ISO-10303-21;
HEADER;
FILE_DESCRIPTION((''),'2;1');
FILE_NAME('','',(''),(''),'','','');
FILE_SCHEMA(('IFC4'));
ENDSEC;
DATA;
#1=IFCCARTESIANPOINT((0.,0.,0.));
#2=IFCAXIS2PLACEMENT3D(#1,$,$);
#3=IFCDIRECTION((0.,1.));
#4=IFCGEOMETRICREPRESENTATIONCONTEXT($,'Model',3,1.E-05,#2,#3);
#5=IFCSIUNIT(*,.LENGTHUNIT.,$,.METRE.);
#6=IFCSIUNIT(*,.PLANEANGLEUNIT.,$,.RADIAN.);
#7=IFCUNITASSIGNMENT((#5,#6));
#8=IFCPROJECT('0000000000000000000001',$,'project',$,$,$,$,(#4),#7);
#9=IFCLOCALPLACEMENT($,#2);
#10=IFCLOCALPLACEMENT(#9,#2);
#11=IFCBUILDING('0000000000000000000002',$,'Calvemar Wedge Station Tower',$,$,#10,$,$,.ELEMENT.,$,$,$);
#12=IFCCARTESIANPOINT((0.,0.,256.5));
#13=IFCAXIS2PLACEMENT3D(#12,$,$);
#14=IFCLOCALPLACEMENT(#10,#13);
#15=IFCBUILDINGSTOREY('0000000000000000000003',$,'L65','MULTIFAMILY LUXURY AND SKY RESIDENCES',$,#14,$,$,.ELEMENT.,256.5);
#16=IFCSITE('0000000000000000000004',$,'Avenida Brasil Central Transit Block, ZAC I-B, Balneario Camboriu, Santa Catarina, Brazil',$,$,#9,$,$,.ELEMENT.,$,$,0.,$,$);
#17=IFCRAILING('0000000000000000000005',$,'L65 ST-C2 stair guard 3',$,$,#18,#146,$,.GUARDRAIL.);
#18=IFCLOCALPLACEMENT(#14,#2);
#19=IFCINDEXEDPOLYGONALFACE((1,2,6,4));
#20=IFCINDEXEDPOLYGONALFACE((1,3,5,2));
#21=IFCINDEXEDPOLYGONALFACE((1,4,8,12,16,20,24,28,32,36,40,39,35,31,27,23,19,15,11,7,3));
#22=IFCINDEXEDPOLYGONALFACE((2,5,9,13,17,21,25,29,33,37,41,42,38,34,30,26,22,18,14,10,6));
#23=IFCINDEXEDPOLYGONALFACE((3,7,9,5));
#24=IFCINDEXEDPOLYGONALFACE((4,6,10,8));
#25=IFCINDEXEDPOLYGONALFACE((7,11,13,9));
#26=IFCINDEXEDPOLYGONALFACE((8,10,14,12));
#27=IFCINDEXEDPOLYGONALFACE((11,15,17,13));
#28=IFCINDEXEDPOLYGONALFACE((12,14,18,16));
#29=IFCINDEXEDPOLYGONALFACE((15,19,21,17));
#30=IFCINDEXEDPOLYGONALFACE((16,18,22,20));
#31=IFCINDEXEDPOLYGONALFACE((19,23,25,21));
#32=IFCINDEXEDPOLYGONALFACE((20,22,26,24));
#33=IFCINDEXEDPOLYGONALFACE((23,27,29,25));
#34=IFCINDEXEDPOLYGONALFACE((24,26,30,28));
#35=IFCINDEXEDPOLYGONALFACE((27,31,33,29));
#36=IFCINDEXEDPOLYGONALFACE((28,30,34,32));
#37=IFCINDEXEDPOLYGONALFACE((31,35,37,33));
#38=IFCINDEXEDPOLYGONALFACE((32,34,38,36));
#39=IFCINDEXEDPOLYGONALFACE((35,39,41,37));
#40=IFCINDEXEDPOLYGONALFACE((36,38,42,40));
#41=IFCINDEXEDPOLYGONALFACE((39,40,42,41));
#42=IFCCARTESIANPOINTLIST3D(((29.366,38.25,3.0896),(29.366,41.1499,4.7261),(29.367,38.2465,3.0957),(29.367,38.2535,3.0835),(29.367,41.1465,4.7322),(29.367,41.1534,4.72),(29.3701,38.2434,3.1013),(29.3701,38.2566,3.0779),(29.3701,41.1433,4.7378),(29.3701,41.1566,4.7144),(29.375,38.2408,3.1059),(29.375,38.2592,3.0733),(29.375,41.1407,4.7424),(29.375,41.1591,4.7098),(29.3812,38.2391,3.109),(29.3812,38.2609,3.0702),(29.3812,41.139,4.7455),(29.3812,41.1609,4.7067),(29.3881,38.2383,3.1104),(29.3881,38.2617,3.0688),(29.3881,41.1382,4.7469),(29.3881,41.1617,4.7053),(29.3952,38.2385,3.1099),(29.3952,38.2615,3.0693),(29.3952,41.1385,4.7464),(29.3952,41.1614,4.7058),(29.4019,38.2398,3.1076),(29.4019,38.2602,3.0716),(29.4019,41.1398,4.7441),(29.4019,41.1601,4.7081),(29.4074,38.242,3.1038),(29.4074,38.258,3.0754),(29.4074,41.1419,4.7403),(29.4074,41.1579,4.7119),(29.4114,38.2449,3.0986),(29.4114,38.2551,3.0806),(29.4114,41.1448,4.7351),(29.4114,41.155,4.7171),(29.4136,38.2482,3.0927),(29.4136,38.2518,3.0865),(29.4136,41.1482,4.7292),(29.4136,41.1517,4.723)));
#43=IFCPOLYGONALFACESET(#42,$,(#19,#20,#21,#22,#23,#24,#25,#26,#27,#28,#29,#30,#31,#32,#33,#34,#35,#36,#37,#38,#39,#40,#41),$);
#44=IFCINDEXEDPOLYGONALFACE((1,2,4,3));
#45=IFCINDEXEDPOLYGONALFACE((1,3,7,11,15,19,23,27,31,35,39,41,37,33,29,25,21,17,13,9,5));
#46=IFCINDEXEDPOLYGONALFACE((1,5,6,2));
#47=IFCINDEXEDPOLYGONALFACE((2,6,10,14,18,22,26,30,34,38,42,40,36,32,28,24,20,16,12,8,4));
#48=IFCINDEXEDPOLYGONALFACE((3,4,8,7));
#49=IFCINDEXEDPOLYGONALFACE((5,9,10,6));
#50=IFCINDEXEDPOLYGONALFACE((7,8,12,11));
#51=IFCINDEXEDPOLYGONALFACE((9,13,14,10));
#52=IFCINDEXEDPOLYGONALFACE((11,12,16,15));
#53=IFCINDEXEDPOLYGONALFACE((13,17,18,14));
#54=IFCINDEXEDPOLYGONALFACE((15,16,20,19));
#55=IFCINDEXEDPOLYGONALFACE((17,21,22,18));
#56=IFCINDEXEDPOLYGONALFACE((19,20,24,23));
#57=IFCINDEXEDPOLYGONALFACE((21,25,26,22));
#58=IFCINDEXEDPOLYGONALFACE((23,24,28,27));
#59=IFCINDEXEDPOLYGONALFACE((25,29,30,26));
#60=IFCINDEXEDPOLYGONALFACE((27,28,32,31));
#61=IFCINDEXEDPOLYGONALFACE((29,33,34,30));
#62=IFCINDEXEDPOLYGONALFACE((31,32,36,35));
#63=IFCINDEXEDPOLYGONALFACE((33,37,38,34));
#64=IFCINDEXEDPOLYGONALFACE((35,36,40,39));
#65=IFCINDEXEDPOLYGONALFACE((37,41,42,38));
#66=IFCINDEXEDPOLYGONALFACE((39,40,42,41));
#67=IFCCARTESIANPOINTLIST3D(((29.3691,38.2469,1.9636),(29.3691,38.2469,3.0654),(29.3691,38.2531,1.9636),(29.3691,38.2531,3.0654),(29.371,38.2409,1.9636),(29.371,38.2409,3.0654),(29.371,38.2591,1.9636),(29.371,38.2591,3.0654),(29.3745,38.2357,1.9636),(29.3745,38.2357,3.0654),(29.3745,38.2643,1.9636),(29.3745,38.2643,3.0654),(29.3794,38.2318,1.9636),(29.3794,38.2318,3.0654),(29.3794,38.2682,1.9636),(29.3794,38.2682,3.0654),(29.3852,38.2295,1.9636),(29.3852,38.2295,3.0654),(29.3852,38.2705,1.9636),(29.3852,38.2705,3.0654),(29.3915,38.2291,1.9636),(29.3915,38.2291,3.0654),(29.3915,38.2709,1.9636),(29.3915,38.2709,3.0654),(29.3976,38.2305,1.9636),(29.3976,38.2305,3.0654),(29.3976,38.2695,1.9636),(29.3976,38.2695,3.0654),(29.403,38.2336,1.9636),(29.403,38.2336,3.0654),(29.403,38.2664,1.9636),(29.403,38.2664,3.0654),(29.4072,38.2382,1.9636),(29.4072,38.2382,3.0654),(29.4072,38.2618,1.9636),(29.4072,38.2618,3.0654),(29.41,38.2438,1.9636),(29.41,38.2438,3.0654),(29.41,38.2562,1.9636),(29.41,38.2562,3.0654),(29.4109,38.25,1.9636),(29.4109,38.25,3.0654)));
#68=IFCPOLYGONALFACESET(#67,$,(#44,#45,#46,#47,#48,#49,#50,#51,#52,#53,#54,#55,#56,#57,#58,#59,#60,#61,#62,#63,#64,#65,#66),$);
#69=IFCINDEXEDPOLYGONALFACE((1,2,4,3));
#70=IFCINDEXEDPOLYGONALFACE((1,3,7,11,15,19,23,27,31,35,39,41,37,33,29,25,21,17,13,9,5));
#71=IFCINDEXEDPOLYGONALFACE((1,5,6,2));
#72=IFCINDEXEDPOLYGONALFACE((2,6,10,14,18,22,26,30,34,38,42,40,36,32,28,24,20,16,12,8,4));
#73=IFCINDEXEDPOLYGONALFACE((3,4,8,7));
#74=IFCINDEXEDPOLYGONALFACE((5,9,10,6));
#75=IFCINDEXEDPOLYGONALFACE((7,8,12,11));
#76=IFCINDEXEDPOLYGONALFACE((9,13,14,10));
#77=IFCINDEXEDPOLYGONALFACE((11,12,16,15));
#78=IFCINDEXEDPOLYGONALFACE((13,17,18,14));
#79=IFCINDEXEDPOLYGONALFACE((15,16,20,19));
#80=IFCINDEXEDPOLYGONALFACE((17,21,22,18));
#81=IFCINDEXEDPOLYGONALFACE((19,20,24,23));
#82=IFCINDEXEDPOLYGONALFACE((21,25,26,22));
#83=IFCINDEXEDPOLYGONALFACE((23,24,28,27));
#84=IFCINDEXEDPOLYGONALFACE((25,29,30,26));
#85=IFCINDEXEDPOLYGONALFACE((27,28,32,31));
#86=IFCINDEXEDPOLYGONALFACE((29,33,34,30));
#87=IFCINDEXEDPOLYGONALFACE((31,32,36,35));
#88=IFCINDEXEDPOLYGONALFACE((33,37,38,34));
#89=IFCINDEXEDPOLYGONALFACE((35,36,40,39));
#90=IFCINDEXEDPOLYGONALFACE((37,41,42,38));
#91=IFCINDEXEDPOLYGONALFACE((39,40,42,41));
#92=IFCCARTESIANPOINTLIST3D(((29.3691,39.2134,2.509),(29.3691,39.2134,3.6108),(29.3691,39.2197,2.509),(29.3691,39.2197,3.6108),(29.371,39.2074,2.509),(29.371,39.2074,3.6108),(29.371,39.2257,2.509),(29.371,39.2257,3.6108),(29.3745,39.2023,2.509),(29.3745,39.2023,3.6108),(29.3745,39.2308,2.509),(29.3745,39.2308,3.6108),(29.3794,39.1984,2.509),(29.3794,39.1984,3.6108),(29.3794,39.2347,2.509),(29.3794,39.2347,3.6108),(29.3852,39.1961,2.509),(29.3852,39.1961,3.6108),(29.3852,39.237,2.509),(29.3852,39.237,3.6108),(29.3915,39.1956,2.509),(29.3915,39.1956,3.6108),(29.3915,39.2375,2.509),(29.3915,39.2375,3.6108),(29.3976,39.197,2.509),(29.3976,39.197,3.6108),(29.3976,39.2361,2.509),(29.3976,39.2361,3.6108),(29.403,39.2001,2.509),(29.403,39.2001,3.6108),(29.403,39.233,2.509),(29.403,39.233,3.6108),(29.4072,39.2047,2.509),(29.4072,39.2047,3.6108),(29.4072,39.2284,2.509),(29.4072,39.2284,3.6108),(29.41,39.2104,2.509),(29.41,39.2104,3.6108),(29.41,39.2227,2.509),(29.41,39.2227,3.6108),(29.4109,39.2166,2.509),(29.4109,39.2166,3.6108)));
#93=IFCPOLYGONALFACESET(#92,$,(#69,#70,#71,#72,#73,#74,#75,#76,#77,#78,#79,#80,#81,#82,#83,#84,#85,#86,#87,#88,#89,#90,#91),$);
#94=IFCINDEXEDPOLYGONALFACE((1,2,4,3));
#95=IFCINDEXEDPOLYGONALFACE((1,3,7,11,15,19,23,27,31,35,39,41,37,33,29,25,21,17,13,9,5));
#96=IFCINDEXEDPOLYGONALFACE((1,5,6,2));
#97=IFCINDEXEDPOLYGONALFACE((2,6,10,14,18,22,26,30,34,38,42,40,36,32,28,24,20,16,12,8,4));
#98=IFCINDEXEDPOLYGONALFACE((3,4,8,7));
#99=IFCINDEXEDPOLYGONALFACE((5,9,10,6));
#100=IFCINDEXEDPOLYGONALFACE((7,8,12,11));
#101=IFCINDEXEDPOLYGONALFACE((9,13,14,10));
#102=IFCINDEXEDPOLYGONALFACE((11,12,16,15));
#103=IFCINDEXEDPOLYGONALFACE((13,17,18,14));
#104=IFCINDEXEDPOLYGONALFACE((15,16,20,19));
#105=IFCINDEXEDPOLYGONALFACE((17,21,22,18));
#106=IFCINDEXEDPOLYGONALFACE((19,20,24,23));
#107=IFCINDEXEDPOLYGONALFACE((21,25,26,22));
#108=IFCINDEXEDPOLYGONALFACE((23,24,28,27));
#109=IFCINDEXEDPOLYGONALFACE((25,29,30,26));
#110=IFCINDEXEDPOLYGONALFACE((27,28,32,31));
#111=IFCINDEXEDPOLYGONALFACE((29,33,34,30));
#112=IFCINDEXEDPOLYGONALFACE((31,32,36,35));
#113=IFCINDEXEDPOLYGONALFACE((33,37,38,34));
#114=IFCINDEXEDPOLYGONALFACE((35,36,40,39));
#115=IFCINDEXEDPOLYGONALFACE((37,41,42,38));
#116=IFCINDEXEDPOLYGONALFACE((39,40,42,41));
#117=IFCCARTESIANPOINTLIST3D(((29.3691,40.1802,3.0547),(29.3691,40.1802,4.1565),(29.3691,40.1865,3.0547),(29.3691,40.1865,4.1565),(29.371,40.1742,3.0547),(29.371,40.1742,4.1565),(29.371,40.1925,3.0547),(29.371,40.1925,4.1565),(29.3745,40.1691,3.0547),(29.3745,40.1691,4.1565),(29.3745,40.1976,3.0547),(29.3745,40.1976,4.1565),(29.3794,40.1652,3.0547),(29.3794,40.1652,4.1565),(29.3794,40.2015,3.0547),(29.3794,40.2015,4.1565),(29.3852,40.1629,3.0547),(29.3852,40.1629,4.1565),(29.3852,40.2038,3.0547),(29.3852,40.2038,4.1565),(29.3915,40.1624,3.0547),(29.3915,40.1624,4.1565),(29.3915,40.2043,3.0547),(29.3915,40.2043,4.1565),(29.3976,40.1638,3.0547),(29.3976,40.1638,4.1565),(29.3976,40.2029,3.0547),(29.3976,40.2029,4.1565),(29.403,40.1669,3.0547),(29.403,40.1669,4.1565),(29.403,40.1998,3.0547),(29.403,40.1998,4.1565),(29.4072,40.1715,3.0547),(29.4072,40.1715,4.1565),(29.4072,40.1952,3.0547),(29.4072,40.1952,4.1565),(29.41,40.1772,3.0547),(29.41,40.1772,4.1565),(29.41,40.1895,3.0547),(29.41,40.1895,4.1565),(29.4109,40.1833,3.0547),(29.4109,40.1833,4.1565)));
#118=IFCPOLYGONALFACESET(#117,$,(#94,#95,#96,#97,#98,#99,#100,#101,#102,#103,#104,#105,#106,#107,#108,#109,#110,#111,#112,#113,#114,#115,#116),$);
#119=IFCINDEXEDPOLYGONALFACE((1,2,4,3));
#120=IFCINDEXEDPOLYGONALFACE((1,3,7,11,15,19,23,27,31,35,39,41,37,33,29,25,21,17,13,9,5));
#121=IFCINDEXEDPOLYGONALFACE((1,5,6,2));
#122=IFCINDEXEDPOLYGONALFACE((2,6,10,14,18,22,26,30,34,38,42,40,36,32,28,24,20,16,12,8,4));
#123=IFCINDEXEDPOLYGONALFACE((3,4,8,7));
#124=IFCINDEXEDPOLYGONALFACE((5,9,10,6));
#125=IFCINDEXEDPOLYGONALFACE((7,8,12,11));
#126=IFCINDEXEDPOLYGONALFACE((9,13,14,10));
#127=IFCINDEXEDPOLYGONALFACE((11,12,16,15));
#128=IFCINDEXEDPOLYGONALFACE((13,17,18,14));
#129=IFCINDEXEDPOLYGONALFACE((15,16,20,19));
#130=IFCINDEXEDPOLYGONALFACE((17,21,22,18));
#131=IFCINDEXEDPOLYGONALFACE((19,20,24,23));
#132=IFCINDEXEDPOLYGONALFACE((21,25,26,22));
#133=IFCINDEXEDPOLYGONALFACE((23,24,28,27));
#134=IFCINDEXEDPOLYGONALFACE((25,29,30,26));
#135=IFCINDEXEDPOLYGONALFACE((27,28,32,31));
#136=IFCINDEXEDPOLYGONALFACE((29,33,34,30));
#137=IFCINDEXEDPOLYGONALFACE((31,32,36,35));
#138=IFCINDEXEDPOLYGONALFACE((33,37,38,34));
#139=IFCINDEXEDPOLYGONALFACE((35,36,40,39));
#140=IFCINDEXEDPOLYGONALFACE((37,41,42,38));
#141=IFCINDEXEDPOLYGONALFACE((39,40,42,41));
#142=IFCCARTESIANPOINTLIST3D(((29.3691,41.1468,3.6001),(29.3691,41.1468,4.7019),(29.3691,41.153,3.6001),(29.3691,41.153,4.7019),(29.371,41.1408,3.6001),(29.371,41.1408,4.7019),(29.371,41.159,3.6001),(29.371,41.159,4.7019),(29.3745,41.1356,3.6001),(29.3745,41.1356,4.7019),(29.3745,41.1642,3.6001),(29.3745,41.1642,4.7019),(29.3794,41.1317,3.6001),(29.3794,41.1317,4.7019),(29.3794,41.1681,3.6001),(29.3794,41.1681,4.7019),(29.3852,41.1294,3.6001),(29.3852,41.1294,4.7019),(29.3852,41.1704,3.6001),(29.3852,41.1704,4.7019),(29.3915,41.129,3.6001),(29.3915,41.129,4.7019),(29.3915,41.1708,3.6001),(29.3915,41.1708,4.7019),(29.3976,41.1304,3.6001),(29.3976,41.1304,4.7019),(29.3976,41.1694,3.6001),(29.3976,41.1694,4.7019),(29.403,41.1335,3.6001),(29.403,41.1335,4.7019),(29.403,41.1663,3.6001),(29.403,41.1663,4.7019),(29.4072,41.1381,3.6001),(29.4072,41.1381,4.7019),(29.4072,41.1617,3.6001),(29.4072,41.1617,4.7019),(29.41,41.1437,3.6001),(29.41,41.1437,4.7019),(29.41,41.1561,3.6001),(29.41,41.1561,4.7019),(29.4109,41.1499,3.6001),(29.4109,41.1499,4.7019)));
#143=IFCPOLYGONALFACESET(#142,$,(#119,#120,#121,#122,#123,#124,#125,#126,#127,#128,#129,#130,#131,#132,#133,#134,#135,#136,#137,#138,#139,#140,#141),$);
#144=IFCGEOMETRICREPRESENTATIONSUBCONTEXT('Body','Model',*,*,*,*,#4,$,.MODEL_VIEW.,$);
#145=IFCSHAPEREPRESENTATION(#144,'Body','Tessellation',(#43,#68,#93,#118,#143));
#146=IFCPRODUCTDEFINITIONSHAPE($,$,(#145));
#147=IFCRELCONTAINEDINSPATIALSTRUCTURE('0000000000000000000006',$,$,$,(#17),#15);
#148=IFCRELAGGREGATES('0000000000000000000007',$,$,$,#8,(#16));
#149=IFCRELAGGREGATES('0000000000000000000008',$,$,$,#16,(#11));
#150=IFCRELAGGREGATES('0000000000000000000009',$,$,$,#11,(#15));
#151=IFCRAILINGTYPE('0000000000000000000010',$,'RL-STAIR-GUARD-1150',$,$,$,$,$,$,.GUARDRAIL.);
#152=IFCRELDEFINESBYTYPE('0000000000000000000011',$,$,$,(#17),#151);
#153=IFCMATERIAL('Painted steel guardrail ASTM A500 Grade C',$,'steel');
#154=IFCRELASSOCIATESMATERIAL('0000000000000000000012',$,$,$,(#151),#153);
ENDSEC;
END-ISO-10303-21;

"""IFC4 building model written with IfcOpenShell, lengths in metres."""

from ifc_helpers import new_model, si_unit, direction, frame, origin, origin_2d, place, context, subcontext, project, spatial, circle, extrude, material, type_object, element, save


model = new_model("IFC4")

# Units and contexts
model_context = context("Model", 3, precision=1e-05, world=origin(), true_north=direction((0.0, 1.0)))
body_context = subcontext(model_context, "Body", "Model", "MODEL_VIEW")
ifc_project = project(units=[si_unit("LENGTHUNIT", "METRE"), si_unit("PLANEANGLEUNIT", "RADIAN")], contexts=[model_context])

# Site, building, storey
site_placement = place(None, origin())
site = spatial("IfcSite", under=ifc_project, at=site_placement, Name="Avenida Brasil Central Transit Block, ZAC I-B, Balneario Camboriu, Santa Catarina, Brazil", CompositionType="ELEMENT", RefElevation=0.0)
building_placement = place(site_placement, origin())
building = spatial("IfcBuilding", under=site, at=building_placement, Name="Calvemar Wedge Station Tower", CompositionType="ELEMENT")
storey_placement = place(building_placement, frame((0.0, 0.0, 256.5)))
storey = spatial("IfcBuildingStorey", under=building, at=storey_placement, Name="L65", Description="MULTIFAMILY LUXURY AND SKY RESIDENCES", CompositionType="ELEMENT", Elevation=256.5)

# Railing
ifc_material_1 = material(Name="Painted steel guardrail ASTM A500 Grade C", Category="steel")
railing_type_1 = type_object("IfcRailingType", Name="RL-STAIR-GUARD-1150", PredefinedType="GUARDRAIL", material=ifc_material_1)
railing_1_placement = place(storey_placement, frame((29.3899, 38.25, 1.9636)))
element("IfcRailing", 1, at=railing_1_placement, inside=storey, type_object=railing_type_1, Name="L65 ST-C2 stair guard 3", PredefinedType="GUARDRAIL", context=body_context, shape_type="SweptSolid", body=[
    extrude(circle(Radius=0.0239, at=origin_2d()), frame((0.0, 0.0, 1.126), z_axis=(0.0, 0.870897, 0.491465), x_axis=(-1.0, 0.0, 0.0)), (0.0, 0.0, 1.0), 3.3298),
    extrude(circle(Radius=0.021, at=origin_2d()), origin(), (0.0, 0.0, 1.0), 1.1018),
    extrude(circle(Radius=0.021, at=origin_2d()), frame((0.0, 0.9666, 0.5454)), (0.0, 0.0, 1.0), 1.1018),
    extrude(circle(Radius=0.021, at=origin_2d()), frame((0.0, 1.9333, 1.0911)), (0.0, 0.0, 1.0), 1.1018),
    extrude(circle(Radius=0.021, at=origin_2d()), frame((0.0, 2.8999, 1.6365)), (0.0, 0.0, 1.0), 1.1018),
])

save(model, "model.ifc")
